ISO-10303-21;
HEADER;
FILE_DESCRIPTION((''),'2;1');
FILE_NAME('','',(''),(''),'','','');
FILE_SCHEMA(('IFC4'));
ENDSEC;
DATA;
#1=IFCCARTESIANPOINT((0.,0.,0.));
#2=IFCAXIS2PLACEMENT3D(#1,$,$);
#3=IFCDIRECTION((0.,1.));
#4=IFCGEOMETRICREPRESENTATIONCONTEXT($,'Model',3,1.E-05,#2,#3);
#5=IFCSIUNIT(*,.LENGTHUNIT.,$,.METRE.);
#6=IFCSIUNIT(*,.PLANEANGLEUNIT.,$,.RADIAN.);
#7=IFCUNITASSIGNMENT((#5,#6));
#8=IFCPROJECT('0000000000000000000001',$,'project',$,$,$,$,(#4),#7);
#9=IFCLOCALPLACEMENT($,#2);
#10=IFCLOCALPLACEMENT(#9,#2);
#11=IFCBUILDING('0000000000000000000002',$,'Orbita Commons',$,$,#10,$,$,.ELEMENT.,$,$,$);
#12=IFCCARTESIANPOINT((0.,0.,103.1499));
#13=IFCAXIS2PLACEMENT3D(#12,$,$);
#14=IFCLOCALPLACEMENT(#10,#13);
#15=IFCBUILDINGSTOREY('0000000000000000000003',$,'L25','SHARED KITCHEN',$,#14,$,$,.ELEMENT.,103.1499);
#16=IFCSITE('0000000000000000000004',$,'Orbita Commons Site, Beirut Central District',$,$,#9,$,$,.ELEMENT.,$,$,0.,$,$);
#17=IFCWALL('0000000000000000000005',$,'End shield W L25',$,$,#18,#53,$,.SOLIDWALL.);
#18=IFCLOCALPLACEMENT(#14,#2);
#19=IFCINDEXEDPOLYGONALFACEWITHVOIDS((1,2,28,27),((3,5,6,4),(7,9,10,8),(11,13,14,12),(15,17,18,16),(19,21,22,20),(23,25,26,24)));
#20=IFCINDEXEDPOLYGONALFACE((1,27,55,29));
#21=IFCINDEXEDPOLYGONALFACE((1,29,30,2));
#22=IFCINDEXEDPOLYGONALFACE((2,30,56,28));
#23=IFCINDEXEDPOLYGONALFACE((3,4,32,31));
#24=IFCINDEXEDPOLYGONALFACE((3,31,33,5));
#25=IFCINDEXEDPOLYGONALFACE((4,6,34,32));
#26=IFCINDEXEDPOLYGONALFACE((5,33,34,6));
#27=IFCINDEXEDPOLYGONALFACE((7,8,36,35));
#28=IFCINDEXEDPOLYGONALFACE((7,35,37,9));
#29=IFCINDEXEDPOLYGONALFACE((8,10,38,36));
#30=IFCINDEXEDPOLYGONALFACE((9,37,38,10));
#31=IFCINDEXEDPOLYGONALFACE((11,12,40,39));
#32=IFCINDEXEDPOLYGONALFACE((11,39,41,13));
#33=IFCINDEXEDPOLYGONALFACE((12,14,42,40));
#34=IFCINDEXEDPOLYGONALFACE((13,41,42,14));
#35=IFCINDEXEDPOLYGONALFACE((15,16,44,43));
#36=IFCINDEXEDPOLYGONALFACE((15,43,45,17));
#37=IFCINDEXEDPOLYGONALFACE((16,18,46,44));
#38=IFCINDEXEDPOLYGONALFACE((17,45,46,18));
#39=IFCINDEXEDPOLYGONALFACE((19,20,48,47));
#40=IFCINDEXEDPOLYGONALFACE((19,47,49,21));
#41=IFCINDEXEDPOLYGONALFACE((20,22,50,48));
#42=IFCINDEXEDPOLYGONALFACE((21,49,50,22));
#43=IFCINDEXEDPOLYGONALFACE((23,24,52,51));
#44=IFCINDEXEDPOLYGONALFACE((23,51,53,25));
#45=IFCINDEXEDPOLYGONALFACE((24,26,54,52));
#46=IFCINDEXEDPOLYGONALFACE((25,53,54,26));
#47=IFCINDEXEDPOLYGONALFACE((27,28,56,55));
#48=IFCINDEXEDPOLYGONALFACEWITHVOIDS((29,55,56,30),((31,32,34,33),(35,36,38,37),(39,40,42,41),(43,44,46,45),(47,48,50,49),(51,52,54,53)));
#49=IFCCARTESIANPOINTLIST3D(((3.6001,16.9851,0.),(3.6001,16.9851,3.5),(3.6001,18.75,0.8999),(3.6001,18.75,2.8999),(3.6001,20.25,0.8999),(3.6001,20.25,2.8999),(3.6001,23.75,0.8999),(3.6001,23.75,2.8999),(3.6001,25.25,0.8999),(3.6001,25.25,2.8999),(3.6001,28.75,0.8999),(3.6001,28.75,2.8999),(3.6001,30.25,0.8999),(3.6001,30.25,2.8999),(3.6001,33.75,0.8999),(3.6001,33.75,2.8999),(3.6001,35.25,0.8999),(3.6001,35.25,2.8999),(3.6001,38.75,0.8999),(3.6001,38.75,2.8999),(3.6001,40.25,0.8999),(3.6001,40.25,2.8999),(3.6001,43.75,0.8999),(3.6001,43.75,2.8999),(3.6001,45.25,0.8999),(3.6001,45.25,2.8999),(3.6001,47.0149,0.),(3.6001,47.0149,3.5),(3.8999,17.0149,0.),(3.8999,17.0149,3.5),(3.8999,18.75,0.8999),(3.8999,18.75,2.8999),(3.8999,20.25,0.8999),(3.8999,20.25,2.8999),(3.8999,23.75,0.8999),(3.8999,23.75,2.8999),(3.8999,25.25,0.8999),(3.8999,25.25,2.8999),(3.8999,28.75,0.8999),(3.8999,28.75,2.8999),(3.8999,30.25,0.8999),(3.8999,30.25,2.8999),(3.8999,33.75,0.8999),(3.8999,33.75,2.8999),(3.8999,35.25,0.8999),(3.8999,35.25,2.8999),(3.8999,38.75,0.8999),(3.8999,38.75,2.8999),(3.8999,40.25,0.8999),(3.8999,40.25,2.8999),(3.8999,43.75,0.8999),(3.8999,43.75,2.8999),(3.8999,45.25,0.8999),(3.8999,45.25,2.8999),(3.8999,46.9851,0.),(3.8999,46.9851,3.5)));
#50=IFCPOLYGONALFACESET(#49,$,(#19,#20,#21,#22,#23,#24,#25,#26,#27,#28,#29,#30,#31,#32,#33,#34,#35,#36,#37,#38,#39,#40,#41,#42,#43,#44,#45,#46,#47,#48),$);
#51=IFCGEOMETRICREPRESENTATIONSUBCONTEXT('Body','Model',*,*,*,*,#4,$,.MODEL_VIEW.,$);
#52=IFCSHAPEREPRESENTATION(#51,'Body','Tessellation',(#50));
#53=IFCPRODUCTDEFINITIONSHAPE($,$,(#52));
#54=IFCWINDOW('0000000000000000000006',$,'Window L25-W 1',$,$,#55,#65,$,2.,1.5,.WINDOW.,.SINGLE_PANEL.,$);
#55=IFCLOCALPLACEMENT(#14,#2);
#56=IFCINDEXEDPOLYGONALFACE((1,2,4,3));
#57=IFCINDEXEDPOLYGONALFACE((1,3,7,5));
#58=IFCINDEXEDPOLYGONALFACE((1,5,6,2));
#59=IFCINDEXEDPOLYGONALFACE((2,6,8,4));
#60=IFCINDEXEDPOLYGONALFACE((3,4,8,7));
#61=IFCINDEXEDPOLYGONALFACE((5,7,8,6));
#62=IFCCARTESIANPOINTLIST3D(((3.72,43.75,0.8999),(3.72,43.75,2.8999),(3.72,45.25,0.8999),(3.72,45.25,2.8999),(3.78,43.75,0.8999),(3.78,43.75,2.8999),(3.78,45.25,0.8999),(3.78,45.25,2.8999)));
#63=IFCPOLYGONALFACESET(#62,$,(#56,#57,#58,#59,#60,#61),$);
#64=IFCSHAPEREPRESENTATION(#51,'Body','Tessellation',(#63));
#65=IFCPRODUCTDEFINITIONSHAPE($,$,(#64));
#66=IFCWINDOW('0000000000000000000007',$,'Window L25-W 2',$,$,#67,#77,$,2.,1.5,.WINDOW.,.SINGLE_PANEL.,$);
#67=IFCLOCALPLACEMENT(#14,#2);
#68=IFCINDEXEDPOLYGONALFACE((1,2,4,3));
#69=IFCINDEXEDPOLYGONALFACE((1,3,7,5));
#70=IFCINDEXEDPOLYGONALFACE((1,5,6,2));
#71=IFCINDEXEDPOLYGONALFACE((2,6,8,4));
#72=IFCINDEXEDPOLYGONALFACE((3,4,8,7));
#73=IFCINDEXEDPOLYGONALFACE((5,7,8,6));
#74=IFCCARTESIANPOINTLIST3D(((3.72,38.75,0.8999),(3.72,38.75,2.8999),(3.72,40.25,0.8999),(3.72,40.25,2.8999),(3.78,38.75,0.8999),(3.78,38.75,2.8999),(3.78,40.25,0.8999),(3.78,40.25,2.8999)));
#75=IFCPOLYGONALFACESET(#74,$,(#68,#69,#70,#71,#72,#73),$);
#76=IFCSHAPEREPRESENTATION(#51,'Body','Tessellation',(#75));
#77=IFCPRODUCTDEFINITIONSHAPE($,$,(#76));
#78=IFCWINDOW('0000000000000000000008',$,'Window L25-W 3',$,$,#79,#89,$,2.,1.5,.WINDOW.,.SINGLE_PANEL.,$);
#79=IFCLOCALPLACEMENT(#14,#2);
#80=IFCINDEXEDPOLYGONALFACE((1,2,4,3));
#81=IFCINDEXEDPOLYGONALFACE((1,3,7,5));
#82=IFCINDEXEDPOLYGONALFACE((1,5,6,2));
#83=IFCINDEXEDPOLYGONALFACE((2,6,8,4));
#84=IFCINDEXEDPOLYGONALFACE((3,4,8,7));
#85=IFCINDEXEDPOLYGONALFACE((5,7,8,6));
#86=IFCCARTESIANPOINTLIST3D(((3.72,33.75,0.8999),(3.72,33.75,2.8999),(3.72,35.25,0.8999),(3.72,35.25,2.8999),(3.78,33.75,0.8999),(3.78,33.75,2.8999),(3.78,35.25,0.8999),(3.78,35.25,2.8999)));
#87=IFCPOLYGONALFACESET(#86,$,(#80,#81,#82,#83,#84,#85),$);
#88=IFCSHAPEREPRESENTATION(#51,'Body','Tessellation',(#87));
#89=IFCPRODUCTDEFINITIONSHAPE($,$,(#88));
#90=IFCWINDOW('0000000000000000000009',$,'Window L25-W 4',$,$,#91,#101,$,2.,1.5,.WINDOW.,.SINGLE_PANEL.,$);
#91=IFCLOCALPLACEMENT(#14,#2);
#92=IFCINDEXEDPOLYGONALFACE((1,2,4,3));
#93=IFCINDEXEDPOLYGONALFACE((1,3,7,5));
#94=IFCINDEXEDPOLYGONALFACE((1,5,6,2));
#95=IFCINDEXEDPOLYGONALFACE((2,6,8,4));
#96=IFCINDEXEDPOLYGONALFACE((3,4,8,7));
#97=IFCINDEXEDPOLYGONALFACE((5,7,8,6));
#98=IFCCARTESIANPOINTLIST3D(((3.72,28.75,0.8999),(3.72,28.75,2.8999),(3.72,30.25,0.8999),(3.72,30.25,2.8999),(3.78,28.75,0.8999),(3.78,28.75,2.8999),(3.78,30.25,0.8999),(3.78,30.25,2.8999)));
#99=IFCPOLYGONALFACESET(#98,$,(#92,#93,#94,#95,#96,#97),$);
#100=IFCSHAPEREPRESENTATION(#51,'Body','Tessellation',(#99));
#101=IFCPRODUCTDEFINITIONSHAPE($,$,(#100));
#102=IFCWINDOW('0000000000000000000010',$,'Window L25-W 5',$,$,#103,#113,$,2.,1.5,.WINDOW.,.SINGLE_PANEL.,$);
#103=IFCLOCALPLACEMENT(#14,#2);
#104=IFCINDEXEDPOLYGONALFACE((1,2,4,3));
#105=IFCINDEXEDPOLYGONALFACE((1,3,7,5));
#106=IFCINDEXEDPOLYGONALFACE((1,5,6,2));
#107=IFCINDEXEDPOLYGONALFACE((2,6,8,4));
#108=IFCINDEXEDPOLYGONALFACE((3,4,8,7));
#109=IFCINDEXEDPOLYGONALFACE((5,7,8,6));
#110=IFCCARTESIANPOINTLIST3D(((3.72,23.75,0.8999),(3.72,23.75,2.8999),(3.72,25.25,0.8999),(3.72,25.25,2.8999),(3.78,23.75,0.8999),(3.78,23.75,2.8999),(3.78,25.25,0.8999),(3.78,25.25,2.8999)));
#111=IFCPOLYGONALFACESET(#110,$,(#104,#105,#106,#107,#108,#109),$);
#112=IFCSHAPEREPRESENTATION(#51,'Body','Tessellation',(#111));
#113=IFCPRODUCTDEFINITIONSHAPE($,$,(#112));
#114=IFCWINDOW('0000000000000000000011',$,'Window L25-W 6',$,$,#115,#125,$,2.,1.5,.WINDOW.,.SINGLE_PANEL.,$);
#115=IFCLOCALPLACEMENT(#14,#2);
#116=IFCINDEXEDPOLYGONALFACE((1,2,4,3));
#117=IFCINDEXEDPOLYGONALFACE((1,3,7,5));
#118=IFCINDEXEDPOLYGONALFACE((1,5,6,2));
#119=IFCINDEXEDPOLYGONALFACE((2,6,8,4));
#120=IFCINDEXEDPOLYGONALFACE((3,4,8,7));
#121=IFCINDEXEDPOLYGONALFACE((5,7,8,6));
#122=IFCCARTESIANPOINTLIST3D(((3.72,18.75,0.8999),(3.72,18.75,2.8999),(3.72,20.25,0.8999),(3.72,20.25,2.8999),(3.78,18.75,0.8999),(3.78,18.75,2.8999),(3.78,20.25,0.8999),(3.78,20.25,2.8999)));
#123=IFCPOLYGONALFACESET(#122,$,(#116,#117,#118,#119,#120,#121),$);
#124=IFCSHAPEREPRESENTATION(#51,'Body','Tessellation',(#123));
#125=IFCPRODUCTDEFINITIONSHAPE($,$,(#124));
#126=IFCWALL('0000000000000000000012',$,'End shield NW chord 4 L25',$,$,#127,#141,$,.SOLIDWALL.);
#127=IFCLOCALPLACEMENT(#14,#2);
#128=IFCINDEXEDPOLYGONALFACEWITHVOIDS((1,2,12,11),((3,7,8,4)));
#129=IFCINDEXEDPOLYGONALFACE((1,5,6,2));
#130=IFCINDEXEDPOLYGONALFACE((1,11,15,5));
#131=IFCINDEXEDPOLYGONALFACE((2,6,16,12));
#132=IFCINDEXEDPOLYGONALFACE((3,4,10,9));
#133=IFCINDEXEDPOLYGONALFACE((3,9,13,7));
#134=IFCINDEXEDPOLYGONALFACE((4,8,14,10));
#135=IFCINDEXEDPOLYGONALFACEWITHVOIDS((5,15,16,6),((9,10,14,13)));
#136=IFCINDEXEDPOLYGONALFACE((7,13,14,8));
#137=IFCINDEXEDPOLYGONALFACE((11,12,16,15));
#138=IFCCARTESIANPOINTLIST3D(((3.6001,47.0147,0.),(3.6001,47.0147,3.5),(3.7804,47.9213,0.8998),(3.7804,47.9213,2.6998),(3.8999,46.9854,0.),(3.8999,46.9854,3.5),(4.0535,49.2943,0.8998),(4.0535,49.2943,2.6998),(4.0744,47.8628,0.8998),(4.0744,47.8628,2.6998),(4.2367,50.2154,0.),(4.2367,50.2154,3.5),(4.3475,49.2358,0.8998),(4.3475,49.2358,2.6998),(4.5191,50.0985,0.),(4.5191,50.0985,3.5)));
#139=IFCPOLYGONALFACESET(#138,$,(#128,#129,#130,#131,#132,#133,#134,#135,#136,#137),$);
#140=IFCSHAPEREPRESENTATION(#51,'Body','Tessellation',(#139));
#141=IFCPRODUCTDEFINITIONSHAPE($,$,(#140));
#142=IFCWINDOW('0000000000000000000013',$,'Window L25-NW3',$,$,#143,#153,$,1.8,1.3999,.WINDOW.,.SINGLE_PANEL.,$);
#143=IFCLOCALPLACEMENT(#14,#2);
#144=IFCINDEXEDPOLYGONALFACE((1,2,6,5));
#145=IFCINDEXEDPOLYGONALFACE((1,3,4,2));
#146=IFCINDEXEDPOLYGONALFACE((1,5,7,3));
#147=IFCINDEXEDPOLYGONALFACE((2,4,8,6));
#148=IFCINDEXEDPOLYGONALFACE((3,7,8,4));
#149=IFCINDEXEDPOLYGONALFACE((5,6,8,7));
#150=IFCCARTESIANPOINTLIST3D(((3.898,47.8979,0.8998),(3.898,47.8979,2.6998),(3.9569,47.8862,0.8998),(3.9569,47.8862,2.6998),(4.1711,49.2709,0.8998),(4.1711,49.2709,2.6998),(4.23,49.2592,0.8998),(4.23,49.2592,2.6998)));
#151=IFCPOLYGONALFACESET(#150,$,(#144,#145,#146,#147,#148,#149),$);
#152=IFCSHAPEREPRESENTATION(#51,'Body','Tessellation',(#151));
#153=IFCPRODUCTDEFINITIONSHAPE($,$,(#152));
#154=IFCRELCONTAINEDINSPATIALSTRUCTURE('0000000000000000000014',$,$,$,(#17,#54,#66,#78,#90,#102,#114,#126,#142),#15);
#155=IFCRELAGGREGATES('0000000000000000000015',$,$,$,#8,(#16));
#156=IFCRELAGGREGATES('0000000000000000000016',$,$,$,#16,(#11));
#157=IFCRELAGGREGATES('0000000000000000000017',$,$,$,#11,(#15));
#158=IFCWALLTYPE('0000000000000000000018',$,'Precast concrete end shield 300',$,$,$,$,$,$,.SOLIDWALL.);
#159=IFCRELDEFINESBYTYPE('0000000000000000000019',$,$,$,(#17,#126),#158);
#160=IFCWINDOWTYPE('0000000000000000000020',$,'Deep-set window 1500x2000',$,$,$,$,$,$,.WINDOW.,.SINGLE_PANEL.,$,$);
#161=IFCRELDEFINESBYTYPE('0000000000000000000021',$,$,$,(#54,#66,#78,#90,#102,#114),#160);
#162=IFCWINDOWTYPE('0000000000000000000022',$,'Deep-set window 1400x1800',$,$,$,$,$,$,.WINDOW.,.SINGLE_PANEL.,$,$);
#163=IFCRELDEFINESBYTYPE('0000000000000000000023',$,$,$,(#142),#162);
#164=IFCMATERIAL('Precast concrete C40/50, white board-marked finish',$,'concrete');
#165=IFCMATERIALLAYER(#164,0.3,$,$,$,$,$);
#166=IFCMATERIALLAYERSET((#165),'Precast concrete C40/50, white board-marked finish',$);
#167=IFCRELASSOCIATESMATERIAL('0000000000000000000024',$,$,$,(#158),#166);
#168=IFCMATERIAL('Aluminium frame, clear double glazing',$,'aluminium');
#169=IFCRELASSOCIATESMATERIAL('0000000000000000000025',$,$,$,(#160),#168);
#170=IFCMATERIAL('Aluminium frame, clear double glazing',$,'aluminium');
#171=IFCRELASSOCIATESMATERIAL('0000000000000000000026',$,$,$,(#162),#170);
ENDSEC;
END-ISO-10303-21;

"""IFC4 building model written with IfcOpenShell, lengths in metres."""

from ifc_helpers import new_model, si_unit, direction, frame, frame_2d, origin, place, context, subcontext, project, spatial, polyline, rectangle, outline, extrude, material, layer, layer_set, type_object, element, fill, save


model = new_model("IFC4")

# Units and contexts
model_context = context("Model", 3, precision=1e-05, world=origin(), true_north=direction((0.0, 1.0)))
body_context = subcontext(model_context, "Body", "Model", "MODEL_VIEW")
ifc_project = project(units=[si_unit("LENGTHUNIT", "METRE"), si_unit("PLANEANGLEUNIT", "RADIAN")], contexts=[model_context])

# Site, building, storey
site_placement = place(None, origin())
site = spatial("IfcSite", under=ifc_project, at=site_placement, Name="Orbita Commons Site, Beirut Central District", CompositionType="ELEMENT", RefElevation=0.0)
building_placement = place(site_placement, origin())
building = spatial("IfcBuilding", under=site, at=building_placement, Name="Orbita Commons", CompositionType="ELEMENT")
storey_placement = place(building_placement, frame((0.0, 0.0, 103.1499)))
storey = spatial("IfcBuildingStorey", under=building, at=storey_placement, Name="L25", Description="SHARED KITCHEN", CompositionType="ELEMENT", Elevation=103.1499)

# Wall, openings, windows
ifc_material_1 = material(Name="Precast concrete C40/50, white board-marked finish", Category="concrete")
ifc_layer_1 = layer(ifc_material_1, 0.3)
ifc_layer_set_1 = layer_set([ifc_layer_1], Name="Precast concrete C40/50, white board-marked finish")
wall_type_1 = type_object("IfcWallType", Name="Precast concrete end shield 300", PredefinedType="SOLIDWALL", material=ifc_layer_set_1)
wall_1_placement = place(storey_placement, frame((3.75, 47.0, 0.0), z_axis=(0.0, 0.0, 1.0), x_axis=(0.0, -1.0, 0.0)))
wall_1 = element("IfcWall", 1, at=wall_1_placement, inside=storey, type_object=wall_type_1, Name="End shield W L25", PredefinedType="SOLIDWALL", context=body_context, shape_type="SweptSolid", body=[
    extrude(outline(polyline([(-0.0149, -0.1499), (30.0149, -0.1499), (29.9851, 0.1499), (0.0149, 0.1499), (-0.0149, -0.1499)])), origin(), (0.0, 0.0, 1.0), 3.5),
])
opening_1_placement = place(wall_1_placement, frame((1.75, 0.0, 0.8999)))
opening_1 = element("IfcOpeningElement", 2, at=opening_1_placement, cuts=wall_1, PredefinedType="OPENING", context=body_context, shape_type="SweptSolid", body=[
    extrude(rectangle(XDim=1.5, YDim=2.0, at=frame_2d((0.75, 1.0))), frame((0.0, 0.1599, 0.0), z_axis=(0.0, -1.0, 0.0), x_axis=(1.0, 0.0, 0.0)), (0.0, 0.0, 1.0), 0.3201),
])
opening_2_placement = place(wall_1_placement, frame((6.75, 0.0, 0.8999)))
opening_2 = element("IfcOpeningElement", 3, at=opening_2_placement, cuts=wall_1, PredefinedType="OPENING", context=body_context, shape_type="SweptSolid", body=[
    extrude(rectangle(XDim=1.5, YDim=2.0, at=frame_2d((0.75, 1.0))), frame((0.0, 0.1599, 0.0), z_axis=(0.0, -1.0, 0.0), x_axis=(1.0, 0.0, 0.0)), (0.0, 0.0, 1.0), 0.3201),
])
opening_3_placement = place(wall_1_placement, frame((11.75, 0.0, 0.8999)))
opening_3 = element("IfcOpeningElement", 4, at=opening_3_placement, cuts=wall_1, PredefinedType="OPENING", context=body_context, shape_type="SweptSolid", body=[
    extrude(rectangle(XDim=1.5, YDim=2.0, at=frame_2d((0.75, 1.0))), frame((0.0, 0.1599, 0.0), z_axis=(0.0, -1.0, 0.0), x_axis=(1.0, 0.0, 0.0)), (0.0, 0.0, 1.0), 0.3201),
])
opening_4_placement = place(wall_1_placement, frame((16.75, 0.0, 0.8999)))
opening_4 = element("IfcOpeningElement", 5, at=opening_4_placement, cuts=wall_1, PredefinedType="OPENING", context=body_context, shape_type="SweptSolid", body=[
    extrude(rectangle(XDim=1.5, YDim=2.0, at=frame_2d((0.75, 1.0))), frame((0.0, 0.1599, 0.0), z_axis=(0.0, -1.0, 0.0), x_axis=(1.0, 0.0, 0.0)), (0.0, 0.0, 1.0), 0.3201),
])
opening_5_placement = place(wall_1_placement, frame((21.75, 0.0, 0.8999)))
opening_5 = element("IfcOpeningElement", 6, at=opening_5_placement, cuts=wall_1, PredefinedType="OPENING", context=body_context, shape_type="SweptSolid", body=[
    extrude(rectangle(XDim=1.5, YDim=2.0, at=frame_2d((0.75, 1.0))), frame((0.0, 0.1599, 0.0), z_axis=(0.0, -1.0, 0.0), x_axis=(1.0, 0.0, 0.0)), (0.0, 0.0, 1.0), 0.3201),
])
opening_6_placement = place(wall_1_placement, frame((26.75, 0.0, 0.8999)))
opening_6 = element("IfcOpeningElement", 7, at=opening_6_placement, cuts=wall_1, PredefinedType="OPENING", context=body_context, shape_type="SweptSolid", body=[
    extrude(rectangle(XDim=1.5, YDim=2.0, at=frame_2d((0.75, 1.0))), frame((0.0, 0.1599, 0.0), z_axis=(0.0, -1.0, 0.0), x_axis=(1.0, 0.0, 0.0)), (0.0, 0.0, 1.0), 0.3201),
])
ifc_material_2 = material(Name="Aluminium frame, clear double glazing", Category="aluminium")
window_type_1 = type_object("IfcWindowType", Name="Deep-set window 1500x2000", PartitioningType="SINGLE_PANEL", PredefinedType="WINDOW", material=ifc_material_2)
window_1_placement = place(opening_1_placement, origin())
window_1 = element("IfcWindow", 8, at=window_1_placement, inside=storey, type_object=window_type_1, Name="Window L25-W 1", OverallHeight=2.0, OverallWidth=1.5, PartitioningType="SINGLE_PANEL", PredefinedType="WINDOW", context=body_context, shape_type="SweptSolid", body=[
    extrude(rectangle(XDim=1.5, YDim=2.0, at=frame_2d((0.75, 1.0))), frame((0.0, 0.03, 0.0), z_axis=(0.0, -1.0, 0.0), x_axis=(1.0, 0.0, 0.0)), (0.0, 0.0, 1.0), 0.0601),
])
fill(opening_1, window_1)
window_2_placement = place(opening_2_placement, origin())
window_2 = element("IfcWindow", 9, at=window_2_placement, inside=storey, type_object=window_type_1, Name="Window L25-W 2", OverallHeight=2.0, OverallWidth=1.5, PartitioningType="SINGLE_PANEL", PredefinedType="WINDOW", context=body_context, shape_type="SweptSolid", body=[
    extrude(rectangle(XDim=1.5, YDim=2.0, at=frame_2d((0.75, 1.0))), frame((0.0, 0.03, 0.0), z_axis=(0.0, -1.0, 0.0), x_axis=(1.0, 0.0, 0.0)), (0.0, 0.0, 1.0), 0.0601),
])
fill(opening_2, window_2)
window_3_placement = place(opening_3_placement, origin())
window_3 = element("IfcWindow", 10, at=window_3_placement, inside=storey, type_object=window_type_1, Name="Window L25-W 3", OverallHeight=2.0, OverallWidth=1.5, PartitioningType="SINGLE_PANEL", PredefinedType="WINDOW", context=body_context, shape_type="SweptSolid", body=[
    extrude(rectangle(XDim=1.5, YDim=2.0, at=frame_2d((0.75, 1.0))), frame((0.0, 0.03, 0.0), z_axis=(0.0, -1.0, 0.0), x_axis=(1.0, 0.0, 0.0)), (0.0, 0.0, 1.0), 0.0601),
])
fill(opening_3, window_3)
window_4_placement = place(opening_4_placement, origin())
window_4 = element("IfcWindow", 11, at=window_4_placement, inside=storey, type_object=window_type_1, Name="Window L25-W 4", OverallHeight=2.0, OverallWidth=1.5, PartitioningType="SINGLE_PANEL", PredefinedType="WINDOW", context=body_context, shape_type="SweptSolid", body=[
    extrude(rectangle(XDim=1.5, YDim=2.0, at=frame_2d((0.75, 1.0))), frame((0.0, 0.03, 0.0), z_axis=(0.0, -1.0, 0.0), x_axis=(1.0, 0.0, 0.0)), (0.0, 0.0, 1.0), 0.0601),
])
fill(opening_4, window_4)
window_5_placement = place(opening_5_placement, origin())
window_5 = element("IfcWindow", 12, at=window_5_placement, inside=storey, type_object=window_type_1, Name="Window L25-W 5", OverallHeight=2.0, OverallWidth=1.5, PartitioningType="SINGLE_PANEL", PredefinedType="WINDOW", context=body_context, shape_type="SweptSolid", body=[
    extrude(rectangle(XDim=1.5, YDim=2.0, at=frame_2d((0.75, 1.0))), frame((0.0, 0.03, 0.0), z_axis=(0.0, -1.0, 0.0), x_axis=(1.0, 0.0, 0.0)), (0.0, 0.0, 1.0), 0.0601),
])
fill(opening_5, window_5)
window_6_placement = place(opening_6_placement, origin())
window_6 = element("IfcWindow", 13, at=window_6_placement, inside=storey, type_object=window_type_1, Name="Window L25-W 6", OverallHeight=2.0, OverallWidth=1.5, PartitioningType="SINGLE_PANEL", PredefinedType="WINDOW", context=body_context, shape_type="SweptSolid", body=[
    extrude(rectangle(XDim=1.5, YDim=2.0, at=frame_2d((0.75, 1.0))), frame((0.0, 0.03, 0.0), z_axis=(0.0, -1.0, 0.0), x_axis=(1.0, 0.0, 0.0)), (0.0, 0.0, 1.0), 0.0601),
])
fill(opening_6, window_6)

# Wall, opening, window
wall_2_placement = place(storey_placement, frame((4.3779, 50.157, 0.0), z_axis=(0.0, 0.0, 1.0), x_axis=(-0.19508, -0.980787, 0.0)))
wall_2 = element("IfcWall", 14, at=wall_2_placement, inside=storey, type_object=wall_type_1, Name="End shield NW chord 4 L25", PredefinedType="SOLIDWALL", context=body_context, shape_type="SweptSolid", body=[
    extrude(outline(polyline([(-0.0298, -0.1499), (3.2336, -0.1499), (3.2039, 0.1499), (0.0298, 0.1499), (-0.0298, -0.1499)])), origin(), (0.0, 0.0, 1.0), 3.5),
])
opening_7_placement = place(wall_2_placement, frame((0.9094, 0.0, 0.8999)))
opening_7 = element("IfcOpeningElement", 15, at=opening_7_placement, cuts=wall_2, PredefinedType="OPENING", context=body_context, shape_type="SweptSolid", body=[
    extrude(rectangle(XDim=1.3999, YDim=1.8, at=frame_2d((0.7, 0.8999))), frame((0.0, 0.1599, 0.0), z_axis=(0.0, -1.0, 0.0), x_axis=(1.0, 0.0, 0.0)), (0.0, 0.0, 1.0), 0.3201),
])
ifc_material_3 = material(Name="Aluminium frame, clear double glazing", Category="aluminium")
window_type_2 = type_object("IfcWindowType", Name="Deep-set window 1400x1800", PartitioningType="SINGLE_PANEL", PredefinedType="WINDOW", material=ifc_material_3)
window_7_placement = place(opening_7_placement, origin())
window_7 = element("IfcWindow", 16, at=window_7_placement, inside=storey, type_object=window_type_2, Name="Window L25-NW3", OverallHeight=1.8, OverallWidth=1.3999, PartitioningType="SINGLE_PANEL", PredefinedType="WINDOW", context=body_context, shape_type="SweptSolid", body=[
    extrude(rectangle(XDim=1.3999, YDim=1.8, at=frame_2d((0.7, 0.8999))), frame((0.0, 0.03, 0.0), z_axis=(0.0, -1.0, 0.0), x_axis=(1.0, 0.0, 0.0)), (0.0, 0.0, 1.0), 0.0601),
])
fill(opening_7, window_7)

save(model, "model.ifc")
